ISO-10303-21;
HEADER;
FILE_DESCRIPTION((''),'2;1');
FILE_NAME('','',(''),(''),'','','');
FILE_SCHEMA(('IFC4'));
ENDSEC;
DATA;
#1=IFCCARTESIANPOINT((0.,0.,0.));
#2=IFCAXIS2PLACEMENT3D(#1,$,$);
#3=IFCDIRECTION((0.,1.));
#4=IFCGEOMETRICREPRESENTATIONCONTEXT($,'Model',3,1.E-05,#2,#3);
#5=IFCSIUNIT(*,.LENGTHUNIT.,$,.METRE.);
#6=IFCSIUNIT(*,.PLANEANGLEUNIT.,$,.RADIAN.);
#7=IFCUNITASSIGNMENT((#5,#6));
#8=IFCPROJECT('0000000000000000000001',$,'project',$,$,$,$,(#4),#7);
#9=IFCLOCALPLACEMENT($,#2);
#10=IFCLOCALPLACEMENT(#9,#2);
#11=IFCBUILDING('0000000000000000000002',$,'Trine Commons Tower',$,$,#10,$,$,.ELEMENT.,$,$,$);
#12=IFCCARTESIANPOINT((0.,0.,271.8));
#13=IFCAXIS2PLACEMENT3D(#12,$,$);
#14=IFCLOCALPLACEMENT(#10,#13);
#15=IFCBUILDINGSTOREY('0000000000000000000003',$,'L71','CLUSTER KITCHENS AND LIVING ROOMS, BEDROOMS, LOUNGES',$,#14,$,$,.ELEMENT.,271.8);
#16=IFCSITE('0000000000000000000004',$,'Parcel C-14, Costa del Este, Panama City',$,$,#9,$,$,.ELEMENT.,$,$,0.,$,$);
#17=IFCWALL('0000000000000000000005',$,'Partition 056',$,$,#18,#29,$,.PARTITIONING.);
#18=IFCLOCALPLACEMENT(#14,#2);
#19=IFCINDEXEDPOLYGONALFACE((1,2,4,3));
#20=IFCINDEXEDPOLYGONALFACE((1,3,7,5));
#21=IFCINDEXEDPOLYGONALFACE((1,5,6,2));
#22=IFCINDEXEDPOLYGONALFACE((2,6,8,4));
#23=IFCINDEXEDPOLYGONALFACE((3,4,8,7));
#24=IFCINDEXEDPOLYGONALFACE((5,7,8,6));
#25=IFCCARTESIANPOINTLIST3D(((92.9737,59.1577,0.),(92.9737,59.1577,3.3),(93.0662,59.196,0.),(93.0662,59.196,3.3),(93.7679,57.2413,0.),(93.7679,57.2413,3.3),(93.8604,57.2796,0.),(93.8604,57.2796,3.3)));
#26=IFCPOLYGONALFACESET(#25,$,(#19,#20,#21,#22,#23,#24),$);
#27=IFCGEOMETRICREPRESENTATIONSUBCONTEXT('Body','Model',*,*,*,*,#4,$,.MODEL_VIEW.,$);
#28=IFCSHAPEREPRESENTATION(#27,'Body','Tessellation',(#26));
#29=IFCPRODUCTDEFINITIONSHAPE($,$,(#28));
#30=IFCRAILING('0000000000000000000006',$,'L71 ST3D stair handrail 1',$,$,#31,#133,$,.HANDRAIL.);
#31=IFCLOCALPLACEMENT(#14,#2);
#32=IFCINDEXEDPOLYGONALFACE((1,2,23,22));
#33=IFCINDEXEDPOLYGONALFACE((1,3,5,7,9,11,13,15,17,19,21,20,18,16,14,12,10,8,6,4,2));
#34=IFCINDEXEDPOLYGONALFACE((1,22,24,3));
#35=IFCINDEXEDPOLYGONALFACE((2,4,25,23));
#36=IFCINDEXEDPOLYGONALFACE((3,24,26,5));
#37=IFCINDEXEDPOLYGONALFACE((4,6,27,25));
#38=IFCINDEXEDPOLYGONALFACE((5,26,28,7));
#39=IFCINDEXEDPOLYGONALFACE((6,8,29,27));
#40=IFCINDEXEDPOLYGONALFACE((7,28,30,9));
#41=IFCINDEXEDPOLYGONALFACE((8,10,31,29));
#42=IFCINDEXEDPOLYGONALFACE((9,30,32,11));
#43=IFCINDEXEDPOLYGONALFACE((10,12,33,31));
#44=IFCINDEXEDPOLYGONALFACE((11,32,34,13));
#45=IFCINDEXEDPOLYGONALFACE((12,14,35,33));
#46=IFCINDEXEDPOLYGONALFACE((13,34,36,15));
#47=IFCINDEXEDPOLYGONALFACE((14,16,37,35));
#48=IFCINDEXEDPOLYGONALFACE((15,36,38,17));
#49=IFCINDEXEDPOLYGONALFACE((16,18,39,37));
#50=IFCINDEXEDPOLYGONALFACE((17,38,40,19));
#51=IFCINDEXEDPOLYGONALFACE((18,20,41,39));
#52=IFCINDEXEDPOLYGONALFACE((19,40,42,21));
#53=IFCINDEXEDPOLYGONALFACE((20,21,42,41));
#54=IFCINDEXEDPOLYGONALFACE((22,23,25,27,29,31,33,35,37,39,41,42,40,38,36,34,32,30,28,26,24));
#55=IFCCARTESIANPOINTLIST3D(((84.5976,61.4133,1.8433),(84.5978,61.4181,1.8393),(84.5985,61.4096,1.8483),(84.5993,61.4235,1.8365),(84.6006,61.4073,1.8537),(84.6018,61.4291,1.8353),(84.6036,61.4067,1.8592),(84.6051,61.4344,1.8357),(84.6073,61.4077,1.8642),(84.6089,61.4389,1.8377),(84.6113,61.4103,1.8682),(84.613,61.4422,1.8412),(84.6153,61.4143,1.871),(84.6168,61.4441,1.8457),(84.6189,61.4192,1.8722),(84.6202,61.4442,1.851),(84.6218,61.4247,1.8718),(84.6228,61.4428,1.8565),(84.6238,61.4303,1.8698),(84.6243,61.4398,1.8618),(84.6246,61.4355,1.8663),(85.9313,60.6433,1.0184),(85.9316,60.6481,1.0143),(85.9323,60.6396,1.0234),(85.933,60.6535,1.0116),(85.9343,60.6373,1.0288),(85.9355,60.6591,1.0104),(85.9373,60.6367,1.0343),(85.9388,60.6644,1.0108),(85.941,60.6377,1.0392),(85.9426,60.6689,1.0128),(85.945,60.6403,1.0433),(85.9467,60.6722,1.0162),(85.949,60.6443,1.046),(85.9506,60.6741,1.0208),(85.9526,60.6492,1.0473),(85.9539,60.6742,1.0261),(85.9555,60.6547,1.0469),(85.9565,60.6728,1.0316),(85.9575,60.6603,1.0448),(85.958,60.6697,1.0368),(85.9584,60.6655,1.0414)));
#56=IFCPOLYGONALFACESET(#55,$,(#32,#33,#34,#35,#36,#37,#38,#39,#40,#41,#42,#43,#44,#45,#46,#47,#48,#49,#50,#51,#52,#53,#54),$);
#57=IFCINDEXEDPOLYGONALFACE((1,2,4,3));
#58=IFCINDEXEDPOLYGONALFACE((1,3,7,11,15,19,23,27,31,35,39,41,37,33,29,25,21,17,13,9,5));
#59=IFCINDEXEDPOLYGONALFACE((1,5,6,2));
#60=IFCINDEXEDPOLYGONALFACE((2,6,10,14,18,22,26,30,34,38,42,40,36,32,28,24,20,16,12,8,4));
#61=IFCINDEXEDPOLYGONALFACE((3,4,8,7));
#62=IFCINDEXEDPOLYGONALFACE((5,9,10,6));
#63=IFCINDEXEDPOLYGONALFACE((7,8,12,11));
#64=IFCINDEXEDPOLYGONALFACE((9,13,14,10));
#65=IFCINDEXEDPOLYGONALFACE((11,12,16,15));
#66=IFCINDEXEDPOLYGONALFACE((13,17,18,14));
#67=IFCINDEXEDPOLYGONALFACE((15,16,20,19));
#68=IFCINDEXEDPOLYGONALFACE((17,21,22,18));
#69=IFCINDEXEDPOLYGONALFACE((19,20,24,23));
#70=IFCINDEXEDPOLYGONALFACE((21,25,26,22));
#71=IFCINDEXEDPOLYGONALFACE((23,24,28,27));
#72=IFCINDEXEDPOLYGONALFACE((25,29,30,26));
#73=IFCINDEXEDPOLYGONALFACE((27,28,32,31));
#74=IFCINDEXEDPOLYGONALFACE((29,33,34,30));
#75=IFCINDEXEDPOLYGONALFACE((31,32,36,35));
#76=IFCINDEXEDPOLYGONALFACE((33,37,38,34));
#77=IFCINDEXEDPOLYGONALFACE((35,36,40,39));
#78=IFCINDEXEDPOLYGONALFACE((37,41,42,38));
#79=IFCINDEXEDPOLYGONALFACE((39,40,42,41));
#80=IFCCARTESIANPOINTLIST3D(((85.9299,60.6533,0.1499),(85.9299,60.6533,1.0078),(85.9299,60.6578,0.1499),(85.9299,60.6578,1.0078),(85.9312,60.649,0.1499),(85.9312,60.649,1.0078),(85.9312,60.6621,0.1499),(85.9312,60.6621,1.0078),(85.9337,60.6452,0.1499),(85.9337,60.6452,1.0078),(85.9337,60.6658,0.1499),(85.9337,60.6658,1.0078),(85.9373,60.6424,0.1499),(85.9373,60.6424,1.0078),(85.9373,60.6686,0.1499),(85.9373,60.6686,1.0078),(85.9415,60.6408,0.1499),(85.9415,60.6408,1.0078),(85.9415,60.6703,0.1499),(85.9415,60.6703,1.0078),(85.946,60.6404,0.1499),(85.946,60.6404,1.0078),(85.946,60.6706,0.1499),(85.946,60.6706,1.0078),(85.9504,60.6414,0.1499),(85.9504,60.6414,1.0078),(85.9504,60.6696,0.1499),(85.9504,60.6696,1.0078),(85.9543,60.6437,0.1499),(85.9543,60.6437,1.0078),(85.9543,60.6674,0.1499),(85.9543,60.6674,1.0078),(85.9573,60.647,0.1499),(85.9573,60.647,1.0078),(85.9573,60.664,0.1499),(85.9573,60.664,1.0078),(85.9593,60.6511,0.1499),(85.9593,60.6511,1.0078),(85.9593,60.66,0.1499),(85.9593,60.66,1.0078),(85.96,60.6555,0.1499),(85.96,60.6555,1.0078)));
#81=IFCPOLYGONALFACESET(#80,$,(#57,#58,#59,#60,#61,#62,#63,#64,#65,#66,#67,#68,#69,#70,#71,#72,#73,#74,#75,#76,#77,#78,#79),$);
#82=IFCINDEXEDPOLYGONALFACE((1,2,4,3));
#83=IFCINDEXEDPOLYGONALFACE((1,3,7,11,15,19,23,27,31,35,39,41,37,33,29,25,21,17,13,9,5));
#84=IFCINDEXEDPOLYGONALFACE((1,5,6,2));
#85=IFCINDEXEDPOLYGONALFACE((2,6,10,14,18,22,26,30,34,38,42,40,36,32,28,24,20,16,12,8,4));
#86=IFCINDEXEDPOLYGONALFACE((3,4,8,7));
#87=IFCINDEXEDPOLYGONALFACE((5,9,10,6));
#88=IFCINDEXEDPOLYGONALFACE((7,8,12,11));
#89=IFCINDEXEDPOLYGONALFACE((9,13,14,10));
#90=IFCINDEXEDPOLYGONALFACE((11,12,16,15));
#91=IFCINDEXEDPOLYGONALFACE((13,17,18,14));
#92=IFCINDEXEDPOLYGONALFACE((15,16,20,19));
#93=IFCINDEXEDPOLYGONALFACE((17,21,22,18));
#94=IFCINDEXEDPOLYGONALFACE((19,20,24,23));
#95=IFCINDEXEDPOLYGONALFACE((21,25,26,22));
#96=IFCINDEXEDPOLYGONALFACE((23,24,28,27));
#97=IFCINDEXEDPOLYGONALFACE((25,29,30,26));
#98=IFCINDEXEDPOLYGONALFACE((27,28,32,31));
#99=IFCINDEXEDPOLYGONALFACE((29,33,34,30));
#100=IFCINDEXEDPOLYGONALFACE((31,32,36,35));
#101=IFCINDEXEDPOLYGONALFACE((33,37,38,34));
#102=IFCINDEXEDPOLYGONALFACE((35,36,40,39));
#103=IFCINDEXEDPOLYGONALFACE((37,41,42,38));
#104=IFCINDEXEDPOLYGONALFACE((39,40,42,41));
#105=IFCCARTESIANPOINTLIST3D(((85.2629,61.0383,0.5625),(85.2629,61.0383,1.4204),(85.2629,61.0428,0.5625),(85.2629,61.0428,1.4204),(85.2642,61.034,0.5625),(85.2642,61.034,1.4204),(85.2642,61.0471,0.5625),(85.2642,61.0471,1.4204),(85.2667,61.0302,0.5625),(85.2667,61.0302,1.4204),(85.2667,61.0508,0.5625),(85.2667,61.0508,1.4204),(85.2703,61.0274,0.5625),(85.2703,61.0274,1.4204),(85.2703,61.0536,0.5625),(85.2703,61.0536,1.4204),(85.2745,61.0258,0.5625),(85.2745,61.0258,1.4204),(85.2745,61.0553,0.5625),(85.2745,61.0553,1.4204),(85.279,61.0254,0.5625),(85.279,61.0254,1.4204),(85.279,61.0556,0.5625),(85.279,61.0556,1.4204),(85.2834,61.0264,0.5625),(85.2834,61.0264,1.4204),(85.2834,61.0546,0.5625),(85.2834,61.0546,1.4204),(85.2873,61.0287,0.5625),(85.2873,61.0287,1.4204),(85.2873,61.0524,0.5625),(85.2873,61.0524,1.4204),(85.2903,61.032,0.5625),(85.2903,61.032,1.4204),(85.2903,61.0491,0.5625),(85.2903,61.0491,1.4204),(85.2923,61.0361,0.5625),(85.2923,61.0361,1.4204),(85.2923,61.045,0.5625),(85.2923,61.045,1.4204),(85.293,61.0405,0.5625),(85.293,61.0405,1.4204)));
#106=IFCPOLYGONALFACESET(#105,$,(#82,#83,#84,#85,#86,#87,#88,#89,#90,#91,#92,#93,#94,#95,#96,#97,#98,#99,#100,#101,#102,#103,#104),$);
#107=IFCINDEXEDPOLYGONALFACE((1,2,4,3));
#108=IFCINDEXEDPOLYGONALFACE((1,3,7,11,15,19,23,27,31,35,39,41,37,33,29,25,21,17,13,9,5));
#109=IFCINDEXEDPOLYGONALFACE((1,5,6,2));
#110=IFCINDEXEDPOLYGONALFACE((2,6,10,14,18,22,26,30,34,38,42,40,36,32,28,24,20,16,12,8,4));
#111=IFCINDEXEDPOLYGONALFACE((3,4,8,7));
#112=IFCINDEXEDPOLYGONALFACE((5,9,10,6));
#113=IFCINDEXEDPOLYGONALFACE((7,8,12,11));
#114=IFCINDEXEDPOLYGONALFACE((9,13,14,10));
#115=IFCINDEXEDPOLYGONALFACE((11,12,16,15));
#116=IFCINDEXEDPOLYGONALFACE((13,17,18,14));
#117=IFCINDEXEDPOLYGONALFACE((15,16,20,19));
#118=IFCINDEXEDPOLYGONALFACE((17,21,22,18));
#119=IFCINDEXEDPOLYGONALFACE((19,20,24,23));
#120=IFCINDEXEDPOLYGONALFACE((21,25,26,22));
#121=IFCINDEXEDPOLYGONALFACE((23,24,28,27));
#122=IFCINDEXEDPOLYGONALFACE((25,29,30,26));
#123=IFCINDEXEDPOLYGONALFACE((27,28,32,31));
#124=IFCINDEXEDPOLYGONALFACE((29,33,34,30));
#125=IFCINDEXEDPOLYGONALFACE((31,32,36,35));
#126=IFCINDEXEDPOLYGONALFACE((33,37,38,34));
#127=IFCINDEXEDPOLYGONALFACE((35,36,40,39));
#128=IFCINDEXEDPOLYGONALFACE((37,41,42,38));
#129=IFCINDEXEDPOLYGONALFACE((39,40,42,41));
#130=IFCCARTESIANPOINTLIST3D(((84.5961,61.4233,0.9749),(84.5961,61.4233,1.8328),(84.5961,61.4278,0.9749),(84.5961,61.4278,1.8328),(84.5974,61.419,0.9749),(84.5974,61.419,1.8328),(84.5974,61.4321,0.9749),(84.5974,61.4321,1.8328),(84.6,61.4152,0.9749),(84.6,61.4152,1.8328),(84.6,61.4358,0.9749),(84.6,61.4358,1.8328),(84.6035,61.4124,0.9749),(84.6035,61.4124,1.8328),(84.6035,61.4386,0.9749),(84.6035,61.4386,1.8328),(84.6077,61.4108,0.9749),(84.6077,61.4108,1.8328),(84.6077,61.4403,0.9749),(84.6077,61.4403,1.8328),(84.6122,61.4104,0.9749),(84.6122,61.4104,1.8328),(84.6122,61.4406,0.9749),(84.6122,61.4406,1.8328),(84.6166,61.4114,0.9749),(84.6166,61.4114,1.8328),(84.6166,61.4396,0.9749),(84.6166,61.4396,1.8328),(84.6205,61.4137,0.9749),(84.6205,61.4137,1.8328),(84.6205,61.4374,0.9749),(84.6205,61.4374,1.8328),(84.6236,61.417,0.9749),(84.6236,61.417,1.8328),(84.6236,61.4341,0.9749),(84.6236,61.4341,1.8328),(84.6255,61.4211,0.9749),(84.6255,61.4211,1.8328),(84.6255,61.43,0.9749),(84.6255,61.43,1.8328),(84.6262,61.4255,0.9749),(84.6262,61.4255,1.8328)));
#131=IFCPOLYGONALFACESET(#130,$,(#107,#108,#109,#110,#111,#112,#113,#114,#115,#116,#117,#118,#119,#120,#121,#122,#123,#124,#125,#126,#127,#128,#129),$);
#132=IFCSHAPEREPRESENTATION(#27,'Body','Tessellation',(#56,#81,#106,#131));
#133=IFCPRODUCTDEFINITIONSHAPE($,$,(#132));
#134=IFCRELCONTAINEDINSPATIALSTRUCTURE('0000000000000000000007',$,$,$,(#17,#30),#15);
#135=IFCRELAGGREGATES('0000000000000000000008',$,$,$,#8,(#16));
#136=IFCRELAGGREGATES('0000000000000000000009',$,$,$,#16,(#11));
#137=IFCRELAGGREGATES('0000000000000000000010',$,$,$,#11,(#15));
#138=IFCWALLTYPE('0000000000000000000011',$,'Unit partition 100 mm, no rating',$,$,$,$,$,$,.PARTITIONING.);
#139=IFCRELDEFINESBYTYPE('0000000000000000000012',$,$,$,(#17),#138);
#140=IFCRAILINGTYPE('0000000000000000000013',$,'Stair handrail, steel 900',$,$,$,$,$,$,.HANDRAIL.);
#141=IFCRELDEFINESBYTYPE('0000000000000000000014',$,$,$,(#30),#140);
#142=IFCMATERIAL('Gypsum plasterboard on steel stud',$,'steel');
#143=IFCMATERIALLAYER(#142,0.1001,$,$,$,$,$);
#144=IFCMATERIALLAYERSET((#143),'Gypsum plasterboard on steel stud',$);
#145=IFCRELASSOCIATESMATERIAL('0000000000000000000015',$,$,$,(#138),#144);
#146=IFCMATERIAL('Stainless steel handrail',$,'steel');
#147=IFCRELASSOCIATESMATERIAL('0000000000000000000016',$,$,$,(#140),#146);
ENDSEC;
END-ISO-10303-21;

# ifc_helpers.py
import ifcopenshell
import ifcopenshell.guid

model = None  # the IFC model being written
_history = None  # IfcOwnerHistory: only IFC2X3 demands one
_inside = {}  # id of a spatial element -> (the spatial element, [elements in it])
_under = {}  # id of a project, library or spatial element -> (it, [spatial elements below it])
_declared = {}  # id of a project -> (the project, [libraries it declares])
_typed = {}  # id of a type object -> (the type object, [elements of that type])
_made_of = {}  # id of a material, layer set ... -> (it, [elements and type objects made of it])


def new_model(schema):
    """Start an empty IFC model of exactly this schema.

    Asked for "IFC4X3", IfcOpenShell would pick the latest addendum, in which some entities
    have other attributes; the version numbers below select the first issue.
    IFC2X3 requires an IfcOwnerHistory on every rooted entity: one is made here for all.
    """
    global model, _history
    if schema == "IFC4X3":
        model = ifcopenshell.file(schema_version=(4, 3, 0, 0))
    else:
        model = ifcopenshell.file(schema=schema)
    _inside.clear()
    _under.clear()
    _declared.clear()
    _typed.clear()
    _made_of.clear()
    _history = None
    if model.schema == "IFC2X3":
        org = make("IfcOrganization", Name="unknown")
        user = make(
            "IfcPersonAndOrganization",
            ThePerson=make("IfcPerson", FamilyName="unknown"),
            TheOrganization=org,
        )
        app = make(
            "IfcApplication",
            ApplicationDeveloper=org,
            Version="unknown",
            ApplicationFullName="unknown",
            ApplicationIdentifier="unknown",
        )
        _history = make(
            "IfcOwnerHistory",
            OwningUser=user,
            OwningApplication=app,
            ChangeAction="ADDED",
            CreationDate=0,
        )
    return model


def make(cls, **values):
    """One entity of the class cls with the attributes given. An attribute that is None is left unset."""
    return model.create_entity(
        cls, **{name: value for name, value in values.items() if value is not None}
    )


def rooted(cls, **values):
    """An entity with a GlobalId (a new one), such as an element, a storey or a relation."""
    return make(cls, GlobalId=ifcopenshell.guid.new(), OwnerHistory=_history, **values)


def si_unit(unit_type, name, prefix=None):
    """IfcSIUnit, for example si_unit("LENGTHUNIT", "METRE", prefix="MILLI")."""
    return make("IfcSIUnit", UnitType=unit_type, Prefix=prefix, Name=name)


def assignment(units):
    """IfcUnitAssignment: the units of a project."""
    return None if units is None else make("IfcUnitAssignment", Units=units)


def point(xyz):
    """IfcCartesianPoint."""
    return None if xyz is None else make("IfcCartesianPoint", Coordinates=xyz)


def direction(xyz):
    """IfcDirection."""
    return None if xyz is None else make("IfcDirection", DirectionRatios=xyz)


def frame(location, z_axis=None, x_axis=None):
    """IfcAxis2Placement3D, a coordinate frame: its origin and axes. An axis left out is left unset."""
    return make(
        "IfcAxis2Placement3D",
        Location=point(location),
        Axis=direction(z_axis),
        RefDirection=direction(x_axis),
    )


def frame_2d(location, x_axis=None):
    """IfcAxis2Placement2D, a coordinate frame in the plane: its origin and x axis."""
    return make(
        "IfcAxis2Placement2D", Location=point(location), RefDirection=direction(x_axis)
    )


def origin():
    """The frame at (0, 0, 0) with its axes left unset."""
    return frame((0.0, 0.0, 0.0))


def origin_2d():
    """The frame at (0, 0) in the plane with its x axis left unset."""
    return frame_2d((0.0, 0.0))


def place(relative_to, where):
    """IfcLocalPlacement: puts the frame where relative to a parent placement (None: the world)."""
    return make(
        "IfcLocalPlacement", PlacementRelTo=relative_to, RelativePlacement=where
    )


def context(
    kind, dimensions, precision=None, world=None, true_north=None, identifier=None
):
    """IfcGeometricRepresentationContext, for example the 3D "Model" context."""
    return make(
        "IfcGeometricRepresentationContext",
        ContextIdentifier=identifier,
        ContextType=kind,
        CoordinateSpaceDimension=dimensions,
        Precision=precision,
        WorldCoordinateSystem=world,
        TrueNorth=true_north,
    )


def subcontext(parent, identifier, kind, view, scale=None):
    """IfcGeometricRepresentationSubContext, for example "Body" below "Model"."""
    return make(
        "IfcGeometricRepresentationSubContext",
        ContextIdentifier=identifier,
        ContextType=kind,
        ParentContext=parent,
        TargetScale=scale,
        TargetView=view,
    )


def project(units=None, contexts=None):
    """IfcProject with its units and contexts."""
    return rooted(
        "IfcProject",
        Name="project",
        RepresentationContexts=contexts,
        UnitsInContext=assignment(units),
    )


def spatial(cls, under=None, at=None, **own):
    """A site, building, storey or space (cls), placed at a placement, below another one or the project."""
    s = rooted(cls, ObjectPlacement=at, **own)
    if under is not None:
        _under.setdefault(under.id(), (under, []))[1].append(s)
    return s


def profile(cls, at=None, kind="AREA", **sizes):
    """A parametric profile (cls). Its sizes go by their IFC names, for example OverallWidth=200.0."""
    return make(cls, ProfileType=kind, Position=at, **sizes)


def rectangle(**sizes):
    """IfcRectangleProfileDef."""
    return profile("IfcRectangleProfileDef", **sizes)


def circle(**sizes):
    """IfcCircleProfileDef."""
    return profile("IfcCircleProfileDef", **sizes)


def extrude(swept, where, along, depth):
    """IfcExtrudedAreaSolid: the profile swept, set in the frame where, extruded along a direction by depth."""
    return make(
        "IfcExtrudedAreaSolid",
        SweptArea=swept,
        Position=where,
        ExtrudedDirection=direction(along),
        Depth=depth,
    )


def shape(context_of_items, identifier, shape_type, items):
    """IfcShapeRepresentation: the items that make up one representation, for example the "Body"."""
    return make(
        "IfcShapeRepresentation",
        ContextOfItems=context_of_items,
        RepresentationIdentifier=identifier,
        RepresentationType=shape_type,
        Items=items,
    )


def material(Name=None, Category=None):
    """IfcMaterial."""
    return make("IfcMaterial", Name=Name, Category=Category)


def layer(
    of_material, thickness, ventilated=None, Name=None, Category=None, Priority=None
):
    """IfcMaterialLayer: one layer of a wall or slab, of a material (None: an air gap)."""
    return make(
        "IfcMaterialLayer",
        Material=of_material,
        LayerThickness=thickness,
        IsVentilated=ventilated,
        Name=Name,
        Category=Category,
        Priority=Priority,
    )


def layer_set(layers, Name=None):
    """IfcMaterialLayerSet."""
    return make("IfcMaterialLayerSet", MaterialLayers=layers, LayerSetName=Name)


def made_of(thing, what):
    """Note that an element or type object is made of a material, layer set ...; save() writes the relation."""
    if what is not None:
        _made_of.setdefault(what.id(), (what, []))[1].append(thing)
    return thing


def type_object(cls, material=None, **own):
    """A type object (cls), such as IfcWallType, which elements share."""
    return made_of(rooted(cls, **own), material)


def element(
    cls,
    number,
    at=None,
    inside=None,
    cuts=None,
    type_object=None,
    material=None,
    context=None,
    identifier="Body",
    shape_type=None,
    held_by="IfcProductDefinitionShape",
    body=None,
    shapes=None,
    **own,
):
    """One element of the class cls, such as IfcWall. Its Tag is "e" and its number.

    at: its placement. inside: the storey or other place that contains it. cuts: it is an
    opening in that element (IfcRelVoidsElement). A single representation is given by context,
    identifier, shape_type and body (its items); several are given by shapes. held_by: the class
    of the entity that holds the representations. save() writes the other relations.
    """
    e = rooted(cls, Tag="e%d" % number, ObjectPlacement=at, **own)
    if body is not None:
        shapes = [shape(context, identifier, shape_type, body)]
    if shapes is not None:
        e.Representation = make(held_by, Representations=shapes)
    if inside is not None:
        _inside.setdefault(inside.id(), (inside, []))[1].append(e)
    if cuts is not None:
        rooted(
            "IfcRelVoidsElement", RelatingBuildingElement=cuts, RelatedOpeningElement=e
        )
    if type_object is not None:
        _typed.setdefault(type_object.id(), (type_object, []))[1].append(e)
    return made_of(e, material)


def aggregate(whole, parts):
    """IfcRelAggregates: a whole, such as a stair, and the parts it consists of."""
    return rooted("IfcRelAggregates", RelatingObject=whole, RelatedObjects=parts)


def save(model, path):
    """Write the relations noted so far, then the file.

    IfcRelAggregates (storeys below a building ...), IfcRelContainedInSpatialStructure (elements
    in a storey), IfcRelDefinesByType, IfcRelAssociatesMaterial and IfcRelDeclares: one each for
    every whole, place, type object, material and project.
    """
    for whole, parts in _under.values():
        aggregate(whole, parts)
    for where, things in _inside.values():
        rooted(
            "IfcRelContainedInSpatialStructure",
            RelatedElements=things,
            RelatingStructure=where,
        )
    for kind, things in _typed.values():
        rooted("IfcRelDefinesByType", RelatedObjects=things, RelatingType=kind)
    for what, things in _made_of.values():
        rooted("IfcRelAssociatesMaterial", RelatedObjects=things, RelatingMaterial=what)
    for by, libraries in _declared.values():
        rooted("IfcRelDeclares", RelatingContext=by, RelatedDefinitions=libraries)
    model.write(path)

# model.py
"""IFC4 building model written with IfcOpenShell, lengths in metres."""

from ifc_helpers import new_model, si_unit, direction, frame, frame_2d, origin, origin_2d, place, context, subcontext, project, spatial, rectangle, circle, extrude, material, layer, layer_set, type_object, element, save


model = new_model("IFC4")

# Units and contexts
model_context = context("Model", 3, precision=1e-05, world=origin(), true_north=direction((0.0, 1.0)))
body_context = subcontext(model_context, "Body", "Model", "MODEL_VIEW")
ifc_project = project(units=[si_unit("LENGTHUNIT", "METRE"), si_unit("PLANEANGLEUNIT", "RADIAN")], contexts=[model_context])

# Site, building, storey
site_placement = place(None, origin())
site = spatial("IfcSite", under=ifc_project, at=site_placement, Name="Parcel C-14, Costa del Este, Panama City", CompositionType="ELEMENT", RefElevation=0.0)
building_placement = place(site_placement, origin())
building = spatial("IfcBuilding", under=site, at=building_placement, Name="Trine Commons Tower", CompositionType="ELEMENT")
storey_placement = place(building_placement, frame((0.0, 0.0, 271.8)))
storey = spatial("IfcBuildingStorey", under=building, at=storey_placement, Name="L71", Description="CLUSTER KITCHENS AND LIVING ROOMS, BEDROOMS, LOUNGES", CompositionType="ELEMENT", Elevation=271.8)

# Shared definitions
ifc_material_1 = material(Name="Gypsum plasterboard on steel stud", Category="steel")

# Shared definitions
ifc_layer_1 = layer(ifc_material_1, 0.1001)
ifc_layer_set_1 = layer_set([ifc_layer_1], Name="Gypsum plasterboard on steel stud")
wall_type_1 = type_object("IfcWallType", Name="Unit partition 100 mm, no rating", PredefinedType="PARTITIONING", material=ifc_layer_set_1)

# Wall
wall_1_placement = place(storey_placement, frame((93.02, 59.1768, 0.0), z_axis=(0.0, 0.0, 1.0), x_axis=(0.382826, -0.92382, 0.0)))
element("IfcWall", 1, at=wall_1_placement, inside=storey, type_object=wall_type_1, Name="Partition 056", PredefinedType="PARTITIONING", context=body_context, shape_type="SweptSolid", body=[
    extrude(rectangle(XDim=2.0745, YDim=0.1001, at=frame_2d((1.0371, 0.0))), origin(), (0.0, 0.0, 1.0), 3.3),
])

# Railing
ifc_material_2 = material(Name="Stainless steel handrail", Category="steel")
railing_type = type_object("IfcRailingType", Name="Stair handrail, steel 900", PredefinedType="HANDRAIL", material=ifc_material_2)
railing_placement = place(storey_placement, frame((85.9448, 60.6555, 0.1499)))
element("IfcRailing", 2, at=railing_placement, inside=storey, type_object=railing_type, Name="L71 ST3D stair handrail 1", PredefinedType="HANDRAIL", context=body_context, shape_type="SweptSolid", body=[
    extrude(circle(Radius=0.021, at=origin_2d()), frame((0.0, 0.0, 0.8789), z_axis=(-0.763405, 0.440743, 0.472185), x_axis=(-0.499992, -0.86603, 0.0)), (0.0, 0.0, 1.0), 1.7471),
    extrude(circle(Radius=0.0151, at=origin_2d()), origin(), (0.0, 0.0, 1.0), 0.8579),
    extrude(circle(Radius=0.0151, at=origin_2d()), frame((-0.667, 0.385, 0.4126)), (0.0, 0.0, 1.0), 0.8579),
    extrude(circle(Radius=0.0151, at=origin_2d()), frame((-1.3337, 0.77, 0.825)), (0.0, 0.0, 1.0), 0.8579),
])

save(model, "model.ifc")
